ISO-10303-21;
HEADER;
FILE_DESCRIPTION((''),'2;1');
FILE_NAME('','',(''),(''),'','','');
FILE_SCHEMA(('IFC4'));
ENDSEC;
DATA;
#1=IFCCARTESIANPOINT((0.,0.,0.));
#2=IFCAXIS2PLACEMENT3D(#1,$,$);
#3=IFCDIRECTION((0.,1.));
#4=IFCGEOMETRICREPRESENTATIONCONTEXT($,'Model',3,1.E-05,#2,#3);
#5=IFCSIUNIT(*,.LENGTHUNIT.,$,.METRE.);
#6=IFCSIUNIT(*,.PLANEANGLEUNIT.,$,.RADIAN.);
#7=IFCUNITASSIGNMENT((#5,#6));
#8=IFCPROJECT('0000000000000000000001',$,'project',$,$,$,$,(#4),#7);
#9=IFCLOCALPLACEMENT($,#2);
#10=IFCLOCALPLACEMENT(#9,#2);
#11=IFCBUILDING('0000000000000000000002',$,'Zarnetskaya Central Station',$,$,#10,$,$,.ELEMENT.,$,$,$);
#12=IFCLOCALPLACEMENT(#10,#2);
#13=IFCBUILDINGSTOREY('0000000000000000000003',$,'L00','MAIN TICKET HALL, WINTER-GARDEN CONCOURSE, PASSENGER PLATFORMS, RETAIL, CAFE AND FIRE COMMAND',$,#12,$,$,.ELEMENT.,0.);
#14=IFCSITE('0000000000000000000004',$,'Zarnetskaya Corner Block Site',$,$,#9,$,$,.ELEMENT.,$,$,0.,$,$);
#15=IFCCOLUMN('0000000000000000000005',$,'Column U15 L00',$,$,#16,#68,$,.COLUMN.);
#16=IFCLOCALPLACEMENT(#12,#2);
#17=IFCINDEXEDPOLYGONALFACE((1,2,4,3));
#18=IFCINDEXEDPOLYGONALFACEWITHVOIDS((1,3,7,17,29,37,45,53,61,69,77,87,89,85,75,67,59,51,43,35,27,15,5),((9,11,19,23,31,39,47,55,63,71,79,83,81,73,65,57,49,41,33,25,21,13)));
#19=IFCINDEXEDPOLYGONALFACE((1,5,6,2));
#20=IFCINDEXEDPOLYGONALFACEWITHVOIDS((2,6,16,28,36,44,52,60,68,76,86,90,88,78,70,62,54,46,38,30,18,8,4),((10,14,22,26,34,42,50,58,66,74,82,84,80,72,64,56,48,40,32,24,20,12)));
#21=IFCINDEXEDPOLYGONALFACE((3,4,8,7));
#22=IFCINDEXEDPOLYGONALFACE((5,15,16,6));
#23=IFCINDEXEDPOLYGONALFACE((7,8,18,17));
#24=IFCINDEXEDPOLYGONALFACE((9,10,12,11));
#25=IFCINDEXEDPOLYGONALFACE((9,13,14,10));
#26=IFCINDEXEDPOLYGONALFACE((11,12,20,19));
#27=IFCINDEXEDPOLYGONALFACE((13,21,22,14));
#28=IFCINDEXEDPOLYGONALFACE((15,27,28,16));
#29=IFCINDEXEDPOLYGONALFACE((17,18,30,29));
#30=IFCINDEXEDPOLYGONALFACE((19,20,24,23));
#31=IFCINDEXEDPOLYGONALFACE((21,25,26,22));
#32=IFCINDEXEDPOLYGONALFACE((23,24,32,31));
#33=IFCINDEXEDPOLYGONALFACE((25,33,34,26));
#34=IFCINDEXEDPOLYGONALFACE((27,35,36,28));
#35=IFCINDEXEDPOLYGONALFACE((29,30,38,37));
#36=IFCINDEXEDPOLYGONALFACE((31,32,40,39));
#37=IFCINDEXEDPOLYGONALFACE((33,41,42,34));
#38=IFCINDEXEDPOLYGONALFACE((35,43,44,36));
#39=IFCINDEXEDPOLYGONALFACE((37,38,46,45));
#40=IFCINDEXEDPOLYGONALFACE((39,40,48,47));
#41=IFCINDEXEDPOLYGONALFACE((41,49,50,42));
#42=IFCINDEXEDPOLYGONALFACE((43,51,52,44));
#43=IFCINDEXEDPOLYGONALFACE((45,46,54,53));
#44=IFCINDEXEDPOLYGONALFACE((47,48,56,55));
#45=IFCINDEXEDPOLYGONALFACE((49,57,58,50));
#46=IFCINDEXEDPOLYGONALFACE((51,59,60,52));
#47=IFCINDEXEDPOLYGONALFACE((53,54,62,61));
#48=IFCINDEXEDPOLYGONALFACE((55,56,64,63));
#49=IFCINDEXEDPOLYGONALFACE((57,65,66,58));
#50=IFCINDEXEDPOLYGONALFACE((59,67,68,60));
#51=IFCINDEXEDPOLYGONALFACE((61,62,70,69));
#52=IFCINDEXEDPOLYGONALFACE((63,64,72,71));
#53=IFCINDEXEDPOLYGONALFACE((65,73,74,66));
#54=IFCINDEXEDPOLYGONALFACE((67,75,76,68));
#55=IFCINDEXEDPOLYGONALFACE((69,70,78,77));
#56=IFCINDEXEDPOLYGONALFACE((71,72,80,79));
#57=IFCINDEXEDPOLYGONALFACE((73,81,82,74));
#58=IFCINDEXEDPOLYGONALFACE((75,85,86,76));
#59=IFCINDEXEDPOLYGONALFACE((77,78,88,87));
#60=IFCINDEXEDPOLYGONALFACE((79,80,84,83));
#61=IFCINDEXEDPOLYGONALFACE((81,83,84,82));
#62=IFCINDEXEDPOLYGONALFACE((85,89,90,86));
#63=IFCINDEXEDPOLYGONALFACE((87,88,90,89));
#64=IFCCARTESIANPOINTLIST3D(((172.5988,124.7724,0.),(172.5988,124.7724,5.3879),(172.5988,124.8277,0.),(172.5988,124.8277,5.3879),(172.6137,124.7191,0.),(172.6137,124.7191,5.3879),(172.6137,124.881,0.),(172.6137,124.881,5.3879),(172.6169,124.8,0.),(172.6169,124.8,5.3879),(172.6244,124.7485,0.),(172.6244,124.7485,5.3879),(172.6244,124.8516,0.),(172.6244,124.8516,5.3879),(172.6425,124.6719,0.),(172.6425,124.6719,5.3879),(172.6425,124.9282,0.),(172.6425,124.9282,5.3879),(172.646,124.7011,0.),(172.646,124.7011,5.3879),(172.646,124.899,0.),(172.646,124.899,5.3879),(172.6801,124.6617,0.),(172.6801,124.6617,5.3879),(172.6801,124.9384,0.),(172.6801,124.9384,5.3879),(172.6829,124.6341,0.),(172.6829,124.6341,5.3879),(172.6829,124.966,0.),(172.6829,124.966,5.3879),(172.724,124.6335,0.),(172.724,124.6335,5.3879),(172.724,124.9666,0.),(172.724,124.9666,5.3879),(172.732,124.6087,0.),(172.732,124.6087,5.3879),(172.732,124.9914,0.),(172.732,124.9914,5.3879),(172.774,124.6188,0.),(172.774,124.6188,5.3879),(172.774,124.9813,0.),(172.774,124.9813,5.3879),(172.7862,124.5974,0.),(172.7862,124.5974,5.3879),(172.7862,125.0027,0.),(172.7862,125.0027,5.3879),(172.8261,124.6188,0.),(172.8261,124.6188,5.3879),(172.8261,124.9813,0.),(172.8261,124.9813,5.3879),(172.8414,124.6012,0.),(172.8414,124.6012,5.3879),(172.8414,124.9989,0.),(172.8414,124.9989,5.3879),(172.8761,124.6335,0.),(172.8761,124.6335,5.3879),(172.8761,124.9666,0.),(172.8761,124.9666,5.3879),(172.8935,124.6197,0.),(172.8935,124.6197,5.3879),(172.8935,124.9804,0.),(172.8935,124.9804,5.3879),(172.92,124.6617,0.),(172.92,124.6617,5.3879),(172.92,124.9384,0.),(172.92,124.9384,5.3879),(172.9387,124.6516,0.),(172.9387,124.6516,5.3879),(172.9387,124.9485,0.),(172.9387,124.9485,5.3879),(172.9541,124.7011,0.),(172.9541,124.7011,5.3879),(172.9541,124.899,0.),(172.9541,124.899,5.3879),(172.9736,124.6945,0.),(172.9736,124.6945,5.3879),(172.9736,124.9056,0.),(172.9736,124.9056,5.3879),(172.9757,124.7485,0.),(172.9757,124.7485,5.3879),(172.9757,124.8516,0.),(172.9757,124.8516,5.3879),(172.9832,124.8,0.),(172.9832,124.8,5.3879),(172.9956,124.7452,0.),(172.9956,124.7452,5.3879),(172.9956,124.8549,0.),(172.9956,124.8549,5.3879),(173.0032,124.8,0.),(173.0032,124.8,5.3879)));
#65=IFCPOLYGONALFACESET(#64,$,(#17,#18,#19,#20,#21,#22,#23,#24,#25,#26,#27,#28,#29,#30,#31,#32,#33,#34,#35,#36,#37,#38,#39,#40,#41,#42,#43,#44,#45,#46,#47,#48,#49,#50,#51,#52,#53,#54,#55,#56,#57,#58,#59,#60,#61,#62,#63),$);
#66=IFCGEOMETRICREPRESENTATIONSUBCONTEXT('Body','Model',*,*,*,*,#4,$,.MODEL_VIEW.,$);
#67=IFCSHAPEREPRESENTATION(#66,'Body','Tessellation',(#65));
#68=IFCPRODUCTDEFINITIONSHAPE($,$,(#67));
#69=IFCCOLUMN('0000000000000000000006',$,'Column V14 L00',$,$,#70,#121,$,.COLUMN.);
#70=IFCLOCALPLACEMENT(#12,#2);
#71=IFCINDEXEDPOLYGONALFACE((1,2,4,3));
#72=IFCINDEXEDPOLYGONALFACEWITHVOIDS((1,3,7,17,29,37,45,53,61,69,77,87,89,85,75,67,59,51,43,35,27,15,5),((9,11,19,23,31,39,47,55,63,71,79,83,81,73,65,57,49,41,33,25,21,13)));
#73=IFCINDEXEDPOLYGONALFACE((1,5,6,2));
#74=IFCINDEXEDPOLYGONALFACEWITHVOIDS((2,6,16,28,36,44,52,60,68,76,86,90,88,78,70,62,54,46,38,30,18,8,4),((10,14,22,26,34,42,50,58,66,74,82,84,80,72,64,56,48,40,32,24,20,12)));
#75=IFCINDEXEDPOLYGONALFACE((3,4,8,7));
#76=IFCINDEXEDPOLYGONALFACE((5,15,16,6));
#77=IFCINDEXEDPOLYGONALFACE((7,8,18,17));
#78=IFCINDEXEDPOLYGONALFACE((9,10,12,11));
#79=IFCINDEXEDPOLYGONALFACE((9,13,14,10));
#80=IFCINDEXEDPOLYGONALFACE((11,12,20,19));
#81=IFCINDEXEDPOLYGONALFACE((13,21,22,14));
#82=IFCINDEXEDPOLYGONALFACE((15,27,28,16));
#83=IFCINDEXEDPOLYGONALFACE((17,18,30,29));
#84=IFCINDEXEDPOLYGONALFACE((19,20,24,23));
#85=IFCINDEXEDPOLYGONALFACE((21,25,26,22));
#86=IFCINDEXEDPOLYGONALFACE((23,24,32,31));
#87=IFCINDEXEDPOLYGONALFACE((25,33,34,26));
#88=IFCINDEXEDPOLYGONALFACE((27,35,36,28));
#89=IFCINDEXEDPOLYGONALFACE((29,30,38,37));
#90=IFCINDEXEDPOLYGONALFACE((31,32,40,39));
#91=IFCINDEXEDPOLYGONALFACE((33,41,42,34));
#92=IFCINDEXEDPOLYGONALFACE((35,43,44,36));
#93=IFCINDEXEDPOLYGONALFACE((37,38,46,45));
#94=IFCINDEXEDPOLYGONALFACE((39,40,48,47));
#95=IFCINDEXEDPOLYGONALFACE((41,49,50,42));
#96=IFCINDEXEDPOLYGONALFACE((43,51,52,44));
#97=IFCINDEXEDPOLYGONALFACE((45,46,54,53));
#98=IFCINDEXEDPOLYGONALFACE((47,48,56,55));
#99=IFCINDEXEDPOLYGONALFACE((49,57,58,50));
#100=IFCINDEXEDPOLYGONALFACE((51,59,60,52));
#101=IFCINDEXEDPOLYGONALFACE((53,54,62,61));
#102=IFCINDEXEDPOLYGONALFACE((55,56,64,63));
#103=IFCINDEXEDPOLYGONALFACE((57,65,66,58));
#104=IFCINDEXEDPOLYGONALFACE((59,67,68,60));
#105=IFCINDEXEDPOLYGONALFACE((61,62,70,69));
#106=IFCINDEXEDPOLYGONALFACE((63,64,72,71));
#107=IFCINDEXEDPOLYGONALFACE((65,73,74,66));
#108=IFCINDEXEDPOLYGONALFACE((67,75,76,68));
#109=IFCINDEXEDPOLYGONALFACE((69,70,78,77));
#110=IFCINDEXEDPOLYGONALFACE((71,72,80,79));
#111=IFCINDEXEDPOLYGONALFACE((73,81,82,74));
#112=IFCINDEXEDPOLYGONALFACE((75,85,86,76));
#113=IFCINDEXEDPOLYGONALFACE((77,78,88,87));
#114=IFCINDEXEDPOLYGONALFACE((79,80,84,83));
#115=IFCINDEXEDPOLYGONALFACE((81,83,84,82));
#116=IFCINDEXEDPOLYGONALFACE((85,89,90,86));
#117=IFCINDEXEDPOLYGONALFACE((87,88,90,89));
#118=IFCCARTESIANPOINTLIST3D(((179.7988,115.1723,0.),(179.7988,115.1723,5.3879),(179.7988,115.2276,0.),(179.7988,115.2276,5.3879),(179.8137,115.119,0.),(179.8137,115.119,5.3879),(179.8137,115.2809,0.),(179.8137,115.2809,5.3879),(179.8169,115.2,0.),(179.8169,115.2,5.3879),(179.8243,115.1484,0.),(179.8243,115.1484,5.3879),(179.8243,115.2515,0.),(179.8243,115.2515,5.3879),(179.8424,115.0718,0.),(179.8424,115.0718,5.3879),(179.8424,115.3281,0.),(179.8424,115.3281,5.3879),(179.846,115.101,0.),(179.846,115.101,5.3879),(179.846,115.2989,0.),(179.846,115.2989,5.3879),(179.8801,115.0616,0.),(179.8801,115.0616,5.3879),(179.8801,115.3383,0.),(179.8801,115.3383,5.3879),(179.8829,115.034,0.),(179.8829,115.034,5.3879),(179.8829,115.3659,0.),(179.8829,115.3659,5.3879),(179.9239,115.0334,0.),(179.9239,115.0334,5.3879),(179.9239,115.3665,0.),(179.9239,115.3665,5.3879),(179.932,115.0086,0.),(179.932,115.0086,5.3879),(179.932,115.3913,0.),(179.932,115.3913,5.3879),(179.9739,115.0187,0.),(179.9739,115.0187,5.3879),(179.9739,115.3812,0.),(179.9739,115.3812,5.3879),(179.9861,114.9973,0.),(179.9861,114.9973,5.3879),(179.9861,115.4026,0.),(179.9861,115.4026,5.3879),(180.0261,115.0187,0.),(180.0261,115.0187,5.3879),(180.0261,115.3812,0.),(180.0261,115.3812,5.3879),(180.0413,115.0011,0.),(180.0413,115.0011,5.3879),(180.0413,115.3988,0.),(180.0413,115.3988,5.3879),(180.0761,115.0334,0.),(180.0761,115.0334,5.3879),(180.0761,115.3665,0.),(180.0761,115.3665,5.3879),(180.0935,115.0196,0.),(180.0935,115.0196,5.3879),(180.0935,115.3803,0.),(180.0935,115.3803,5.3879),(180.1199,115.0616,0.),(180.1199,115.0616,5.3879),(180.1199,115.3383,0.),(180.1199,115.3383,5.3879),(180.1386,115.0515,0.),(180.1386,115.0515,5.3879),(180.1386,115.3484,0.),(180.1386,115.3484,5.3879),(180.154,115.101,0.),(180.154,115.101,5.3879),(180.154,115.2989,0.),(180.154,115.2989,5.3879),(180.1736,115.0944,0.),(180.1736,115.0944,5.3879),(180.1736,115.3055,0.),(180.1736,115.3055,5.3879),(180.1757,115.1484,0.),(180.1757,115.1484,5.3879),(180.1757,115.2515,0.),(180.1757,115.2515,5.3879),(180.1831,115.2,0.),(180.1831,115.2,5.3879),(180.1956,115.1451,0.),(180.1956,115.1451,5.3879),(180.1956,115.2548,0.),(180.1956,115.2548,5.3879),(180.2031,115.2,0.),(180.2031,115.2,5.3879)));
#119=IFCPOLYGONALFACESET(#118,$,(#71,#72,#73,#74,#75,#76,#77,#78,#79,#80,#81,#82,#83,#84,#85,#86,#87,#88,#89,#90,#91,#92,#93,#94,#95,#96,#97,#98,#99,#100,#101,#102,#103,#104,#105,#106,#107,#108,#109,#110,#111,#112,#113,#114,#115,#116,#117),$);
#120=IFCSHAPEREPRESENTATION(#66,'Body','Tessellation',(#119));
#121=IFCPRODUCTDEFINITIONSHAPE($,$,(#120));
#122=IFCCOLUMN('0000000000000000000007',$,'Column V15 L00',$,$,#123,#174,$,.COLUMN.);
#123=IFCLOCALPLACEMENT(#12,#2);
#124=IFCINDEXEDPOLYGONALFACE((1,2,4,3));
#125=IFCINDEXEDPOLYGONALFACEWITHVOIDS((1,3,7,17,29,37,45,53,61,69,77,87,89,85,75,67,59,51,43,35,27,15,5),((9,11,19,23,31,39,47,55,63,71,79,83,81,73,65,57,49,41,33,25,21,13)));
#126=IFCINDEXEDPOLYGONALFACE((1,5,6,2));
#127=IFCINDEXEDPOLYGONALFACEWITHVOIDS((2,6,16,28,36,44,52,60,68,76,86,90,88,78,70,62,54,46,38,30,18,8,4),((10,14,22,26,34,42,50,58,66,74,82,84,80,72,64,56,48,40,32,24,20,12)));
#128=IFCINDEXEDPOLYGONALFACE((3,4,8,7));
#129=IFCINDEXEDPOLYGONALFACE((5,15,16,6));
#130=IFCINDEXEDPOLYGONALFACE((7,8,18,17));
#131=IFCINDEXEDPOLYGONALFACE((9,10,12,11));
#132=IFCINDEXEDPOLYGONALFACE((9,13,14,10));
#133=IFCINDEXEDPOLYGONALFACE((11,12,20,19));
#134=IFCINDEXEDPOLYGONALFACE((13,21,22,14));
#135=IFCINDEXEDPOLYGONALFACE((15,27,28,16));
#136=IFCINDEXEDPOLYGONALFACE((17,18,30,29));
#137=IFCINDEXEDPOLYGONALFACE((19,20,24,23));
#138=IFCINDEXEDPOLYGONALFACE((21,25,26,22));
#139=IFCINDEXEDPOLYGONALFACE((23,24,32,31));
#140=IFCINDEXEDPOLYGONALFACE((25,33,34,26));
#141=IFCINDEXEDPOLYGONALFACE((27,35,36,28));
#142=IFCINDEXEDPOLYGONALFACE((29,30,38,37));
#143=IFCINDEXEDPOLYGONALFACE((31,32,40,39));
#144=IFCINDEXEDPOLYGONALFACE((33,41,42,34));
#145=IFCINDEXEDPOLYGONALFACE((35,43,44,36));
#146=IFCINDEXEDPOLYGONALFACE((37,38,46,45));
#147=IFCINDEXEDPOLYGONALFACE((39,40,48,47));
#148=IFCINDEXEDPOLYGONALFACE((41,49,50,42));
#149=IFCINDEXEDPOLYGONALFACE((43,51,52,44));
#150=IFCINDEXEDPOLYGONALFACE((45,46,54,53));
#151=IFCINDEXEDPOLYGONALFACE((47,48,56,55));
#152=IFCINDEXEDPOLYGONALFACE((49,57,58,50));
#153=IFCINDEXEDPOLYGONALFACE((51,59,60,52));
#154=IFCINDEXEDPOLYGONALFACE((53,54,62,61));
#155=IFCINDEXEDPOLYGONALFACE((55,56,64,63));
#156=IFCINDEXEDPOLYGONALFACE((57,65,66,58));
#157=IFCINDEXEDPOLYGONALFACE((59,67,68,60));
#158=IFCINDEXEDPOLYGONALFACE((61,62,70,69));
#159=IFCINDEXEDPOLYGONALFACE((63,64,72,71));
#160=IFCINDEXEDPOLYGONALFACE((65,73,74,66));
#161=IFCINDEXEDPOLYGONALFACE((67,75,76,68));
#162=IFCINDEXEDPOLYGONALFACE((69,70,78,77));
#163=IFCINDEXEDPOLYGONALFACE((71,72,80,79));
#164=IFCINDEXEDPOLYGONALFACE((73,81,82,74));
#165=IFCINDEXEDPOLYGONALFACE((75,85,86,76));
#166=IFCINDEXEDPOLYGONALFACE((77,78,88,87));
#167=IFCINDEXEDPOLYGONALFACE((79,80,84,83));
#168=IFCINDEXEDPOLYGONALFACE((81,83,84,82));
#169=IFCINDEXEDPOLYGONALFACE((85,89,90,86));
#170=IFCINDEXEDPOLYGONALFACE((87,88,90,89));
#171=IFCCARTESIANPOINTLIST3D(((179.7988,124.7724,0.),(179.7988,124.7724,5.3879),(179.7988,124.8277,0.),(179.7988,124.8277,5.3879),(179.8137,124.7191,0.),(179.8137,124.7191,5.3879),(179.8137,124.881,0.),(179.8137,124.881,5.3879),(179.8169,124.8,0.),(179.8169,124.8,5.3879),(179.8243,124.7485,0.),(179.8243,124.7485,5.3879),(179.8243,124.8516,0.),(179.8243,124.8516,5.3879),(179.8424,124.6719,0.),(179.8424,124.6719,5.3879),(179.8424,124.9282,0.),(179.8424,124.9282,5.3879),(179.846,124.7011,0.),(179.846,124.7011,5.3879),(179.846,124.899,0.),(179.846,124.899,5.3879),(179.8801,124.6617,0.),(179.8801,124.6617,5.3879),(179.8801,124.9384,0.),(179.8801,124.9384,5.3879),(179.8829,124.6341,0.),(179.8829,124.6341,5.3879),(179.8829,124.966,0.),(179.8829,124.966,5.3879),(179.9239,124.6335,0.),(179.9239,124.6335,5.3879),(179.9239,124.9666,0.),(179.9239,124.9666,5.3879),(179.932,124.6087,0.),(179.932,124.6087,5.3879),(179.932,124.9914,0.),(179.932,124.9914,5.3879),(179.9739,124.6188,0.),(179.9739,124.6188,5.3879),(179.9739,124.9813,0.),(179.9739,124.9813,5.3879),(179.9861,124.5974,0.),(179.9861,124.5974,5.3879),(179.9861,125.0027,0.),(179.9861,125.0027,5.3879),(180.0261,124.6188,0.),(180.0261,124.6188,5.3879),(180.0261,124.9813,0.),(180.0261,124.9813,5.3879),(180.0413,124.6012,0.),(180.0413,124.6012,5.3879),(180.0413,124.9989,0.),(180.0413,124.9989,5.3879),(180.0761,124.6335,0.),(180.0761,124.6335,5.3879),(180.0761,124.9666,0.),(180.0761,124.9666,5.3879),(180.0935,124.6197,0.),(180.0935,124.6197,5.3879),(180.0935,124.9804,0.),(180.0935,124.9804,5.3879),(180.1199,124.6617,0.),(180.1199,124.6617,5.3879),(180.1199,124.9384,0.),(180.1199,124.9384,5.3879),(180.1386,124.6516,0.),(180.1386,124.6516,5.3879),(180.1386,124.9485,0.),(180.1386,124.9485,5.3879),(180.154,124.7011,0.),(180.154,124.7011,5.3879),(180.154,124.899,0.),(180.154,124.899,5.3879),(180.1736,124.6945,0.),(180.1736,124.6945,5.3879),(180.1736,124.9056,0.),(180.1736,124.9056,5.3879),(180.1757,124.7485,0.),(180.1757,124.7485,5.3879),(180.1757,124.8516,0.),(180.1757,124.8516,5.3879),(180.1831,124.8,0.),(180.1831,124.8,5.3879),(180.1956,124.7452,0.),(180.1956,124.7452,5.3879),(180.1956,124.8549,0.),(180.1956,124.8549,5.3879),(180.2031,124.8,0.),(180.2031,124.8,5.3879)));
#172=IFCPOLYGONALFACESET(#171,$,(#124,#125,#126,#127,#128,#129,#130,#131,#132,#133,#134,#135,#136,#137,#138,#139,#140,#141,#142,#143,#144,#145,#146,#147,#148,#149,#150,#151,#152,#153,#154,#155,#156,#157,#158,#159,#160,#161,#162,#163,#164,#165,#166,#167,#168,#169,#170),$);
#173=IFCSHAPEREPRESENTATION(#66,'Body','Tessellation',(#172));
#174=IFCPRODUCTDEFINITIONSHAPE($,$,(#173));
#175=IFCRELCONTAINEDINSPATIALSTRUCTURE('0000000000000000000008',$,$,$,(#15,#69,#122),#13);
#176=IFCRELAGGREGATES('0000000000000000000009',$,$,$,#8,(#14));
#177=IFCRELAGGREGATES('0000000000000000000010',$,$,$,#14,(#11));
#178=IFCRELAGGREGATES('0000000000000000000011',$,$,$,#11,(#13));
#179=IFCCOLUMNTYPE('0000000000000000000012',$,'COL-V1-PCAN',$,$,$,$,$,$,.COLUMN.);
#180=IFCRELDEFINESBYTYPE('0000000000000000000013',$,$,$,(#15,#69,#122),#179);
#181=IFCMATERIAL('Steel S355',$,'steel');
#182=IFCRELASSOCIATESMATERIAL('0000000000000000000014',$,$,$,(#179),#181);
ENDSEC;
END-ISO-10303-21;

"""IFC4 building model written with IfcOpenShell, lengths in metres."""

from ifc_helpers import new_model, si_unit, direction, frame, origin, origin_2d, place, context, subcontext, project, spatial, hollow_circle, extrude, material, material_profile, profile_set, type_object, element, save


model = new_model("IFC4")

# Units and contexts
model_context = context("Model", 3, precision=1e-05, world=origin(), true_north=direction((0.0, 1.0)))
body_context = subcontext(model_context, "Body", "Model", "MODEL_VIEW")
ifc_project = project(units=[si_unit("LENGTHUNIT", "METRE"), si_unit("PLANEANGLEUNIT", "RADIAN")], contexts=[model_context])

# Site, building, storey
site_placement = place(None, origin())
site = spatial("IfcSite", under=ifc_project, at=site_placement, Name="Zarnetskaya Corner Block Site", CompositionType="ELEMENT", RefElevation=0.0)
building_placement = place(site_placement, origin())
building = spatial("IfcBuilding", under=site, at=building_placement, Name="Zarnetskaya Central Station", CompositionType="ELEMENT")
storey_placement = place(building_placement, origin())
storey = spatial("IfcBuildingStorey", under=building, at=storey_placement, Name="L00", Description="MAIN TICKET HALL, WINTER-GARDEN CONCOURSE, PASSENGER PLATFORMS, RETAIL, CAFE AND FIRE COMMAND", CompositionType="ELEMENT", Elevation=0.0)

# Columns
ifc_material = material(Name="Steel S355", Category="steel")
ifc_material_profile_1 = material_profile(ifc_material, hollow_circle(Radius=0.2031, WallThickness=0.02, at=origin_2d()), Name="CHS 406.4x20")
ifc_profile_set_1 = profile_set([ifc_material_profile_1], Name="Steel S355")
column_type = type_object("IfcColumnType", Name="COL-V1-PCAN", PredefinedType="COLUMN", material=ifc_profile_set_1)
for number, where, z_axis, x_axis, name in (
    (1, (172.8, 124.8, 0.0), (0.0, 0.0, 1.0), (1.0, 0.0, 0.0), "Column U15 L00"),
    (2, (180.0, 115.2, 0.0), (0.0, 0.0, 1.0), (1.0, 0.0, 0.0), "Column V14 L00"),
    (3, (180.0, 124.8, 0.0), (0.0, 0.0, 1.0), (1.0, 0.0, 0.0), "Column V15 L00"),
):
    element("IfcColumn", number, at=place(storey_placement, frame(where, z_axis=z_axis, x_axis=x_axis)), inside=storey, type_object=column_type, Name=name, PredefinedType="COLUMN", context=body_context, shape_type="SweptSolid", body=[
        extrude(hollow_circle(Radius=0.2031, WallThickness=0.02, at=origin_2d()), origin(), (0.0, 0.0, 1.0), 5.3879),
    ])

save(model, "model.ifc")
